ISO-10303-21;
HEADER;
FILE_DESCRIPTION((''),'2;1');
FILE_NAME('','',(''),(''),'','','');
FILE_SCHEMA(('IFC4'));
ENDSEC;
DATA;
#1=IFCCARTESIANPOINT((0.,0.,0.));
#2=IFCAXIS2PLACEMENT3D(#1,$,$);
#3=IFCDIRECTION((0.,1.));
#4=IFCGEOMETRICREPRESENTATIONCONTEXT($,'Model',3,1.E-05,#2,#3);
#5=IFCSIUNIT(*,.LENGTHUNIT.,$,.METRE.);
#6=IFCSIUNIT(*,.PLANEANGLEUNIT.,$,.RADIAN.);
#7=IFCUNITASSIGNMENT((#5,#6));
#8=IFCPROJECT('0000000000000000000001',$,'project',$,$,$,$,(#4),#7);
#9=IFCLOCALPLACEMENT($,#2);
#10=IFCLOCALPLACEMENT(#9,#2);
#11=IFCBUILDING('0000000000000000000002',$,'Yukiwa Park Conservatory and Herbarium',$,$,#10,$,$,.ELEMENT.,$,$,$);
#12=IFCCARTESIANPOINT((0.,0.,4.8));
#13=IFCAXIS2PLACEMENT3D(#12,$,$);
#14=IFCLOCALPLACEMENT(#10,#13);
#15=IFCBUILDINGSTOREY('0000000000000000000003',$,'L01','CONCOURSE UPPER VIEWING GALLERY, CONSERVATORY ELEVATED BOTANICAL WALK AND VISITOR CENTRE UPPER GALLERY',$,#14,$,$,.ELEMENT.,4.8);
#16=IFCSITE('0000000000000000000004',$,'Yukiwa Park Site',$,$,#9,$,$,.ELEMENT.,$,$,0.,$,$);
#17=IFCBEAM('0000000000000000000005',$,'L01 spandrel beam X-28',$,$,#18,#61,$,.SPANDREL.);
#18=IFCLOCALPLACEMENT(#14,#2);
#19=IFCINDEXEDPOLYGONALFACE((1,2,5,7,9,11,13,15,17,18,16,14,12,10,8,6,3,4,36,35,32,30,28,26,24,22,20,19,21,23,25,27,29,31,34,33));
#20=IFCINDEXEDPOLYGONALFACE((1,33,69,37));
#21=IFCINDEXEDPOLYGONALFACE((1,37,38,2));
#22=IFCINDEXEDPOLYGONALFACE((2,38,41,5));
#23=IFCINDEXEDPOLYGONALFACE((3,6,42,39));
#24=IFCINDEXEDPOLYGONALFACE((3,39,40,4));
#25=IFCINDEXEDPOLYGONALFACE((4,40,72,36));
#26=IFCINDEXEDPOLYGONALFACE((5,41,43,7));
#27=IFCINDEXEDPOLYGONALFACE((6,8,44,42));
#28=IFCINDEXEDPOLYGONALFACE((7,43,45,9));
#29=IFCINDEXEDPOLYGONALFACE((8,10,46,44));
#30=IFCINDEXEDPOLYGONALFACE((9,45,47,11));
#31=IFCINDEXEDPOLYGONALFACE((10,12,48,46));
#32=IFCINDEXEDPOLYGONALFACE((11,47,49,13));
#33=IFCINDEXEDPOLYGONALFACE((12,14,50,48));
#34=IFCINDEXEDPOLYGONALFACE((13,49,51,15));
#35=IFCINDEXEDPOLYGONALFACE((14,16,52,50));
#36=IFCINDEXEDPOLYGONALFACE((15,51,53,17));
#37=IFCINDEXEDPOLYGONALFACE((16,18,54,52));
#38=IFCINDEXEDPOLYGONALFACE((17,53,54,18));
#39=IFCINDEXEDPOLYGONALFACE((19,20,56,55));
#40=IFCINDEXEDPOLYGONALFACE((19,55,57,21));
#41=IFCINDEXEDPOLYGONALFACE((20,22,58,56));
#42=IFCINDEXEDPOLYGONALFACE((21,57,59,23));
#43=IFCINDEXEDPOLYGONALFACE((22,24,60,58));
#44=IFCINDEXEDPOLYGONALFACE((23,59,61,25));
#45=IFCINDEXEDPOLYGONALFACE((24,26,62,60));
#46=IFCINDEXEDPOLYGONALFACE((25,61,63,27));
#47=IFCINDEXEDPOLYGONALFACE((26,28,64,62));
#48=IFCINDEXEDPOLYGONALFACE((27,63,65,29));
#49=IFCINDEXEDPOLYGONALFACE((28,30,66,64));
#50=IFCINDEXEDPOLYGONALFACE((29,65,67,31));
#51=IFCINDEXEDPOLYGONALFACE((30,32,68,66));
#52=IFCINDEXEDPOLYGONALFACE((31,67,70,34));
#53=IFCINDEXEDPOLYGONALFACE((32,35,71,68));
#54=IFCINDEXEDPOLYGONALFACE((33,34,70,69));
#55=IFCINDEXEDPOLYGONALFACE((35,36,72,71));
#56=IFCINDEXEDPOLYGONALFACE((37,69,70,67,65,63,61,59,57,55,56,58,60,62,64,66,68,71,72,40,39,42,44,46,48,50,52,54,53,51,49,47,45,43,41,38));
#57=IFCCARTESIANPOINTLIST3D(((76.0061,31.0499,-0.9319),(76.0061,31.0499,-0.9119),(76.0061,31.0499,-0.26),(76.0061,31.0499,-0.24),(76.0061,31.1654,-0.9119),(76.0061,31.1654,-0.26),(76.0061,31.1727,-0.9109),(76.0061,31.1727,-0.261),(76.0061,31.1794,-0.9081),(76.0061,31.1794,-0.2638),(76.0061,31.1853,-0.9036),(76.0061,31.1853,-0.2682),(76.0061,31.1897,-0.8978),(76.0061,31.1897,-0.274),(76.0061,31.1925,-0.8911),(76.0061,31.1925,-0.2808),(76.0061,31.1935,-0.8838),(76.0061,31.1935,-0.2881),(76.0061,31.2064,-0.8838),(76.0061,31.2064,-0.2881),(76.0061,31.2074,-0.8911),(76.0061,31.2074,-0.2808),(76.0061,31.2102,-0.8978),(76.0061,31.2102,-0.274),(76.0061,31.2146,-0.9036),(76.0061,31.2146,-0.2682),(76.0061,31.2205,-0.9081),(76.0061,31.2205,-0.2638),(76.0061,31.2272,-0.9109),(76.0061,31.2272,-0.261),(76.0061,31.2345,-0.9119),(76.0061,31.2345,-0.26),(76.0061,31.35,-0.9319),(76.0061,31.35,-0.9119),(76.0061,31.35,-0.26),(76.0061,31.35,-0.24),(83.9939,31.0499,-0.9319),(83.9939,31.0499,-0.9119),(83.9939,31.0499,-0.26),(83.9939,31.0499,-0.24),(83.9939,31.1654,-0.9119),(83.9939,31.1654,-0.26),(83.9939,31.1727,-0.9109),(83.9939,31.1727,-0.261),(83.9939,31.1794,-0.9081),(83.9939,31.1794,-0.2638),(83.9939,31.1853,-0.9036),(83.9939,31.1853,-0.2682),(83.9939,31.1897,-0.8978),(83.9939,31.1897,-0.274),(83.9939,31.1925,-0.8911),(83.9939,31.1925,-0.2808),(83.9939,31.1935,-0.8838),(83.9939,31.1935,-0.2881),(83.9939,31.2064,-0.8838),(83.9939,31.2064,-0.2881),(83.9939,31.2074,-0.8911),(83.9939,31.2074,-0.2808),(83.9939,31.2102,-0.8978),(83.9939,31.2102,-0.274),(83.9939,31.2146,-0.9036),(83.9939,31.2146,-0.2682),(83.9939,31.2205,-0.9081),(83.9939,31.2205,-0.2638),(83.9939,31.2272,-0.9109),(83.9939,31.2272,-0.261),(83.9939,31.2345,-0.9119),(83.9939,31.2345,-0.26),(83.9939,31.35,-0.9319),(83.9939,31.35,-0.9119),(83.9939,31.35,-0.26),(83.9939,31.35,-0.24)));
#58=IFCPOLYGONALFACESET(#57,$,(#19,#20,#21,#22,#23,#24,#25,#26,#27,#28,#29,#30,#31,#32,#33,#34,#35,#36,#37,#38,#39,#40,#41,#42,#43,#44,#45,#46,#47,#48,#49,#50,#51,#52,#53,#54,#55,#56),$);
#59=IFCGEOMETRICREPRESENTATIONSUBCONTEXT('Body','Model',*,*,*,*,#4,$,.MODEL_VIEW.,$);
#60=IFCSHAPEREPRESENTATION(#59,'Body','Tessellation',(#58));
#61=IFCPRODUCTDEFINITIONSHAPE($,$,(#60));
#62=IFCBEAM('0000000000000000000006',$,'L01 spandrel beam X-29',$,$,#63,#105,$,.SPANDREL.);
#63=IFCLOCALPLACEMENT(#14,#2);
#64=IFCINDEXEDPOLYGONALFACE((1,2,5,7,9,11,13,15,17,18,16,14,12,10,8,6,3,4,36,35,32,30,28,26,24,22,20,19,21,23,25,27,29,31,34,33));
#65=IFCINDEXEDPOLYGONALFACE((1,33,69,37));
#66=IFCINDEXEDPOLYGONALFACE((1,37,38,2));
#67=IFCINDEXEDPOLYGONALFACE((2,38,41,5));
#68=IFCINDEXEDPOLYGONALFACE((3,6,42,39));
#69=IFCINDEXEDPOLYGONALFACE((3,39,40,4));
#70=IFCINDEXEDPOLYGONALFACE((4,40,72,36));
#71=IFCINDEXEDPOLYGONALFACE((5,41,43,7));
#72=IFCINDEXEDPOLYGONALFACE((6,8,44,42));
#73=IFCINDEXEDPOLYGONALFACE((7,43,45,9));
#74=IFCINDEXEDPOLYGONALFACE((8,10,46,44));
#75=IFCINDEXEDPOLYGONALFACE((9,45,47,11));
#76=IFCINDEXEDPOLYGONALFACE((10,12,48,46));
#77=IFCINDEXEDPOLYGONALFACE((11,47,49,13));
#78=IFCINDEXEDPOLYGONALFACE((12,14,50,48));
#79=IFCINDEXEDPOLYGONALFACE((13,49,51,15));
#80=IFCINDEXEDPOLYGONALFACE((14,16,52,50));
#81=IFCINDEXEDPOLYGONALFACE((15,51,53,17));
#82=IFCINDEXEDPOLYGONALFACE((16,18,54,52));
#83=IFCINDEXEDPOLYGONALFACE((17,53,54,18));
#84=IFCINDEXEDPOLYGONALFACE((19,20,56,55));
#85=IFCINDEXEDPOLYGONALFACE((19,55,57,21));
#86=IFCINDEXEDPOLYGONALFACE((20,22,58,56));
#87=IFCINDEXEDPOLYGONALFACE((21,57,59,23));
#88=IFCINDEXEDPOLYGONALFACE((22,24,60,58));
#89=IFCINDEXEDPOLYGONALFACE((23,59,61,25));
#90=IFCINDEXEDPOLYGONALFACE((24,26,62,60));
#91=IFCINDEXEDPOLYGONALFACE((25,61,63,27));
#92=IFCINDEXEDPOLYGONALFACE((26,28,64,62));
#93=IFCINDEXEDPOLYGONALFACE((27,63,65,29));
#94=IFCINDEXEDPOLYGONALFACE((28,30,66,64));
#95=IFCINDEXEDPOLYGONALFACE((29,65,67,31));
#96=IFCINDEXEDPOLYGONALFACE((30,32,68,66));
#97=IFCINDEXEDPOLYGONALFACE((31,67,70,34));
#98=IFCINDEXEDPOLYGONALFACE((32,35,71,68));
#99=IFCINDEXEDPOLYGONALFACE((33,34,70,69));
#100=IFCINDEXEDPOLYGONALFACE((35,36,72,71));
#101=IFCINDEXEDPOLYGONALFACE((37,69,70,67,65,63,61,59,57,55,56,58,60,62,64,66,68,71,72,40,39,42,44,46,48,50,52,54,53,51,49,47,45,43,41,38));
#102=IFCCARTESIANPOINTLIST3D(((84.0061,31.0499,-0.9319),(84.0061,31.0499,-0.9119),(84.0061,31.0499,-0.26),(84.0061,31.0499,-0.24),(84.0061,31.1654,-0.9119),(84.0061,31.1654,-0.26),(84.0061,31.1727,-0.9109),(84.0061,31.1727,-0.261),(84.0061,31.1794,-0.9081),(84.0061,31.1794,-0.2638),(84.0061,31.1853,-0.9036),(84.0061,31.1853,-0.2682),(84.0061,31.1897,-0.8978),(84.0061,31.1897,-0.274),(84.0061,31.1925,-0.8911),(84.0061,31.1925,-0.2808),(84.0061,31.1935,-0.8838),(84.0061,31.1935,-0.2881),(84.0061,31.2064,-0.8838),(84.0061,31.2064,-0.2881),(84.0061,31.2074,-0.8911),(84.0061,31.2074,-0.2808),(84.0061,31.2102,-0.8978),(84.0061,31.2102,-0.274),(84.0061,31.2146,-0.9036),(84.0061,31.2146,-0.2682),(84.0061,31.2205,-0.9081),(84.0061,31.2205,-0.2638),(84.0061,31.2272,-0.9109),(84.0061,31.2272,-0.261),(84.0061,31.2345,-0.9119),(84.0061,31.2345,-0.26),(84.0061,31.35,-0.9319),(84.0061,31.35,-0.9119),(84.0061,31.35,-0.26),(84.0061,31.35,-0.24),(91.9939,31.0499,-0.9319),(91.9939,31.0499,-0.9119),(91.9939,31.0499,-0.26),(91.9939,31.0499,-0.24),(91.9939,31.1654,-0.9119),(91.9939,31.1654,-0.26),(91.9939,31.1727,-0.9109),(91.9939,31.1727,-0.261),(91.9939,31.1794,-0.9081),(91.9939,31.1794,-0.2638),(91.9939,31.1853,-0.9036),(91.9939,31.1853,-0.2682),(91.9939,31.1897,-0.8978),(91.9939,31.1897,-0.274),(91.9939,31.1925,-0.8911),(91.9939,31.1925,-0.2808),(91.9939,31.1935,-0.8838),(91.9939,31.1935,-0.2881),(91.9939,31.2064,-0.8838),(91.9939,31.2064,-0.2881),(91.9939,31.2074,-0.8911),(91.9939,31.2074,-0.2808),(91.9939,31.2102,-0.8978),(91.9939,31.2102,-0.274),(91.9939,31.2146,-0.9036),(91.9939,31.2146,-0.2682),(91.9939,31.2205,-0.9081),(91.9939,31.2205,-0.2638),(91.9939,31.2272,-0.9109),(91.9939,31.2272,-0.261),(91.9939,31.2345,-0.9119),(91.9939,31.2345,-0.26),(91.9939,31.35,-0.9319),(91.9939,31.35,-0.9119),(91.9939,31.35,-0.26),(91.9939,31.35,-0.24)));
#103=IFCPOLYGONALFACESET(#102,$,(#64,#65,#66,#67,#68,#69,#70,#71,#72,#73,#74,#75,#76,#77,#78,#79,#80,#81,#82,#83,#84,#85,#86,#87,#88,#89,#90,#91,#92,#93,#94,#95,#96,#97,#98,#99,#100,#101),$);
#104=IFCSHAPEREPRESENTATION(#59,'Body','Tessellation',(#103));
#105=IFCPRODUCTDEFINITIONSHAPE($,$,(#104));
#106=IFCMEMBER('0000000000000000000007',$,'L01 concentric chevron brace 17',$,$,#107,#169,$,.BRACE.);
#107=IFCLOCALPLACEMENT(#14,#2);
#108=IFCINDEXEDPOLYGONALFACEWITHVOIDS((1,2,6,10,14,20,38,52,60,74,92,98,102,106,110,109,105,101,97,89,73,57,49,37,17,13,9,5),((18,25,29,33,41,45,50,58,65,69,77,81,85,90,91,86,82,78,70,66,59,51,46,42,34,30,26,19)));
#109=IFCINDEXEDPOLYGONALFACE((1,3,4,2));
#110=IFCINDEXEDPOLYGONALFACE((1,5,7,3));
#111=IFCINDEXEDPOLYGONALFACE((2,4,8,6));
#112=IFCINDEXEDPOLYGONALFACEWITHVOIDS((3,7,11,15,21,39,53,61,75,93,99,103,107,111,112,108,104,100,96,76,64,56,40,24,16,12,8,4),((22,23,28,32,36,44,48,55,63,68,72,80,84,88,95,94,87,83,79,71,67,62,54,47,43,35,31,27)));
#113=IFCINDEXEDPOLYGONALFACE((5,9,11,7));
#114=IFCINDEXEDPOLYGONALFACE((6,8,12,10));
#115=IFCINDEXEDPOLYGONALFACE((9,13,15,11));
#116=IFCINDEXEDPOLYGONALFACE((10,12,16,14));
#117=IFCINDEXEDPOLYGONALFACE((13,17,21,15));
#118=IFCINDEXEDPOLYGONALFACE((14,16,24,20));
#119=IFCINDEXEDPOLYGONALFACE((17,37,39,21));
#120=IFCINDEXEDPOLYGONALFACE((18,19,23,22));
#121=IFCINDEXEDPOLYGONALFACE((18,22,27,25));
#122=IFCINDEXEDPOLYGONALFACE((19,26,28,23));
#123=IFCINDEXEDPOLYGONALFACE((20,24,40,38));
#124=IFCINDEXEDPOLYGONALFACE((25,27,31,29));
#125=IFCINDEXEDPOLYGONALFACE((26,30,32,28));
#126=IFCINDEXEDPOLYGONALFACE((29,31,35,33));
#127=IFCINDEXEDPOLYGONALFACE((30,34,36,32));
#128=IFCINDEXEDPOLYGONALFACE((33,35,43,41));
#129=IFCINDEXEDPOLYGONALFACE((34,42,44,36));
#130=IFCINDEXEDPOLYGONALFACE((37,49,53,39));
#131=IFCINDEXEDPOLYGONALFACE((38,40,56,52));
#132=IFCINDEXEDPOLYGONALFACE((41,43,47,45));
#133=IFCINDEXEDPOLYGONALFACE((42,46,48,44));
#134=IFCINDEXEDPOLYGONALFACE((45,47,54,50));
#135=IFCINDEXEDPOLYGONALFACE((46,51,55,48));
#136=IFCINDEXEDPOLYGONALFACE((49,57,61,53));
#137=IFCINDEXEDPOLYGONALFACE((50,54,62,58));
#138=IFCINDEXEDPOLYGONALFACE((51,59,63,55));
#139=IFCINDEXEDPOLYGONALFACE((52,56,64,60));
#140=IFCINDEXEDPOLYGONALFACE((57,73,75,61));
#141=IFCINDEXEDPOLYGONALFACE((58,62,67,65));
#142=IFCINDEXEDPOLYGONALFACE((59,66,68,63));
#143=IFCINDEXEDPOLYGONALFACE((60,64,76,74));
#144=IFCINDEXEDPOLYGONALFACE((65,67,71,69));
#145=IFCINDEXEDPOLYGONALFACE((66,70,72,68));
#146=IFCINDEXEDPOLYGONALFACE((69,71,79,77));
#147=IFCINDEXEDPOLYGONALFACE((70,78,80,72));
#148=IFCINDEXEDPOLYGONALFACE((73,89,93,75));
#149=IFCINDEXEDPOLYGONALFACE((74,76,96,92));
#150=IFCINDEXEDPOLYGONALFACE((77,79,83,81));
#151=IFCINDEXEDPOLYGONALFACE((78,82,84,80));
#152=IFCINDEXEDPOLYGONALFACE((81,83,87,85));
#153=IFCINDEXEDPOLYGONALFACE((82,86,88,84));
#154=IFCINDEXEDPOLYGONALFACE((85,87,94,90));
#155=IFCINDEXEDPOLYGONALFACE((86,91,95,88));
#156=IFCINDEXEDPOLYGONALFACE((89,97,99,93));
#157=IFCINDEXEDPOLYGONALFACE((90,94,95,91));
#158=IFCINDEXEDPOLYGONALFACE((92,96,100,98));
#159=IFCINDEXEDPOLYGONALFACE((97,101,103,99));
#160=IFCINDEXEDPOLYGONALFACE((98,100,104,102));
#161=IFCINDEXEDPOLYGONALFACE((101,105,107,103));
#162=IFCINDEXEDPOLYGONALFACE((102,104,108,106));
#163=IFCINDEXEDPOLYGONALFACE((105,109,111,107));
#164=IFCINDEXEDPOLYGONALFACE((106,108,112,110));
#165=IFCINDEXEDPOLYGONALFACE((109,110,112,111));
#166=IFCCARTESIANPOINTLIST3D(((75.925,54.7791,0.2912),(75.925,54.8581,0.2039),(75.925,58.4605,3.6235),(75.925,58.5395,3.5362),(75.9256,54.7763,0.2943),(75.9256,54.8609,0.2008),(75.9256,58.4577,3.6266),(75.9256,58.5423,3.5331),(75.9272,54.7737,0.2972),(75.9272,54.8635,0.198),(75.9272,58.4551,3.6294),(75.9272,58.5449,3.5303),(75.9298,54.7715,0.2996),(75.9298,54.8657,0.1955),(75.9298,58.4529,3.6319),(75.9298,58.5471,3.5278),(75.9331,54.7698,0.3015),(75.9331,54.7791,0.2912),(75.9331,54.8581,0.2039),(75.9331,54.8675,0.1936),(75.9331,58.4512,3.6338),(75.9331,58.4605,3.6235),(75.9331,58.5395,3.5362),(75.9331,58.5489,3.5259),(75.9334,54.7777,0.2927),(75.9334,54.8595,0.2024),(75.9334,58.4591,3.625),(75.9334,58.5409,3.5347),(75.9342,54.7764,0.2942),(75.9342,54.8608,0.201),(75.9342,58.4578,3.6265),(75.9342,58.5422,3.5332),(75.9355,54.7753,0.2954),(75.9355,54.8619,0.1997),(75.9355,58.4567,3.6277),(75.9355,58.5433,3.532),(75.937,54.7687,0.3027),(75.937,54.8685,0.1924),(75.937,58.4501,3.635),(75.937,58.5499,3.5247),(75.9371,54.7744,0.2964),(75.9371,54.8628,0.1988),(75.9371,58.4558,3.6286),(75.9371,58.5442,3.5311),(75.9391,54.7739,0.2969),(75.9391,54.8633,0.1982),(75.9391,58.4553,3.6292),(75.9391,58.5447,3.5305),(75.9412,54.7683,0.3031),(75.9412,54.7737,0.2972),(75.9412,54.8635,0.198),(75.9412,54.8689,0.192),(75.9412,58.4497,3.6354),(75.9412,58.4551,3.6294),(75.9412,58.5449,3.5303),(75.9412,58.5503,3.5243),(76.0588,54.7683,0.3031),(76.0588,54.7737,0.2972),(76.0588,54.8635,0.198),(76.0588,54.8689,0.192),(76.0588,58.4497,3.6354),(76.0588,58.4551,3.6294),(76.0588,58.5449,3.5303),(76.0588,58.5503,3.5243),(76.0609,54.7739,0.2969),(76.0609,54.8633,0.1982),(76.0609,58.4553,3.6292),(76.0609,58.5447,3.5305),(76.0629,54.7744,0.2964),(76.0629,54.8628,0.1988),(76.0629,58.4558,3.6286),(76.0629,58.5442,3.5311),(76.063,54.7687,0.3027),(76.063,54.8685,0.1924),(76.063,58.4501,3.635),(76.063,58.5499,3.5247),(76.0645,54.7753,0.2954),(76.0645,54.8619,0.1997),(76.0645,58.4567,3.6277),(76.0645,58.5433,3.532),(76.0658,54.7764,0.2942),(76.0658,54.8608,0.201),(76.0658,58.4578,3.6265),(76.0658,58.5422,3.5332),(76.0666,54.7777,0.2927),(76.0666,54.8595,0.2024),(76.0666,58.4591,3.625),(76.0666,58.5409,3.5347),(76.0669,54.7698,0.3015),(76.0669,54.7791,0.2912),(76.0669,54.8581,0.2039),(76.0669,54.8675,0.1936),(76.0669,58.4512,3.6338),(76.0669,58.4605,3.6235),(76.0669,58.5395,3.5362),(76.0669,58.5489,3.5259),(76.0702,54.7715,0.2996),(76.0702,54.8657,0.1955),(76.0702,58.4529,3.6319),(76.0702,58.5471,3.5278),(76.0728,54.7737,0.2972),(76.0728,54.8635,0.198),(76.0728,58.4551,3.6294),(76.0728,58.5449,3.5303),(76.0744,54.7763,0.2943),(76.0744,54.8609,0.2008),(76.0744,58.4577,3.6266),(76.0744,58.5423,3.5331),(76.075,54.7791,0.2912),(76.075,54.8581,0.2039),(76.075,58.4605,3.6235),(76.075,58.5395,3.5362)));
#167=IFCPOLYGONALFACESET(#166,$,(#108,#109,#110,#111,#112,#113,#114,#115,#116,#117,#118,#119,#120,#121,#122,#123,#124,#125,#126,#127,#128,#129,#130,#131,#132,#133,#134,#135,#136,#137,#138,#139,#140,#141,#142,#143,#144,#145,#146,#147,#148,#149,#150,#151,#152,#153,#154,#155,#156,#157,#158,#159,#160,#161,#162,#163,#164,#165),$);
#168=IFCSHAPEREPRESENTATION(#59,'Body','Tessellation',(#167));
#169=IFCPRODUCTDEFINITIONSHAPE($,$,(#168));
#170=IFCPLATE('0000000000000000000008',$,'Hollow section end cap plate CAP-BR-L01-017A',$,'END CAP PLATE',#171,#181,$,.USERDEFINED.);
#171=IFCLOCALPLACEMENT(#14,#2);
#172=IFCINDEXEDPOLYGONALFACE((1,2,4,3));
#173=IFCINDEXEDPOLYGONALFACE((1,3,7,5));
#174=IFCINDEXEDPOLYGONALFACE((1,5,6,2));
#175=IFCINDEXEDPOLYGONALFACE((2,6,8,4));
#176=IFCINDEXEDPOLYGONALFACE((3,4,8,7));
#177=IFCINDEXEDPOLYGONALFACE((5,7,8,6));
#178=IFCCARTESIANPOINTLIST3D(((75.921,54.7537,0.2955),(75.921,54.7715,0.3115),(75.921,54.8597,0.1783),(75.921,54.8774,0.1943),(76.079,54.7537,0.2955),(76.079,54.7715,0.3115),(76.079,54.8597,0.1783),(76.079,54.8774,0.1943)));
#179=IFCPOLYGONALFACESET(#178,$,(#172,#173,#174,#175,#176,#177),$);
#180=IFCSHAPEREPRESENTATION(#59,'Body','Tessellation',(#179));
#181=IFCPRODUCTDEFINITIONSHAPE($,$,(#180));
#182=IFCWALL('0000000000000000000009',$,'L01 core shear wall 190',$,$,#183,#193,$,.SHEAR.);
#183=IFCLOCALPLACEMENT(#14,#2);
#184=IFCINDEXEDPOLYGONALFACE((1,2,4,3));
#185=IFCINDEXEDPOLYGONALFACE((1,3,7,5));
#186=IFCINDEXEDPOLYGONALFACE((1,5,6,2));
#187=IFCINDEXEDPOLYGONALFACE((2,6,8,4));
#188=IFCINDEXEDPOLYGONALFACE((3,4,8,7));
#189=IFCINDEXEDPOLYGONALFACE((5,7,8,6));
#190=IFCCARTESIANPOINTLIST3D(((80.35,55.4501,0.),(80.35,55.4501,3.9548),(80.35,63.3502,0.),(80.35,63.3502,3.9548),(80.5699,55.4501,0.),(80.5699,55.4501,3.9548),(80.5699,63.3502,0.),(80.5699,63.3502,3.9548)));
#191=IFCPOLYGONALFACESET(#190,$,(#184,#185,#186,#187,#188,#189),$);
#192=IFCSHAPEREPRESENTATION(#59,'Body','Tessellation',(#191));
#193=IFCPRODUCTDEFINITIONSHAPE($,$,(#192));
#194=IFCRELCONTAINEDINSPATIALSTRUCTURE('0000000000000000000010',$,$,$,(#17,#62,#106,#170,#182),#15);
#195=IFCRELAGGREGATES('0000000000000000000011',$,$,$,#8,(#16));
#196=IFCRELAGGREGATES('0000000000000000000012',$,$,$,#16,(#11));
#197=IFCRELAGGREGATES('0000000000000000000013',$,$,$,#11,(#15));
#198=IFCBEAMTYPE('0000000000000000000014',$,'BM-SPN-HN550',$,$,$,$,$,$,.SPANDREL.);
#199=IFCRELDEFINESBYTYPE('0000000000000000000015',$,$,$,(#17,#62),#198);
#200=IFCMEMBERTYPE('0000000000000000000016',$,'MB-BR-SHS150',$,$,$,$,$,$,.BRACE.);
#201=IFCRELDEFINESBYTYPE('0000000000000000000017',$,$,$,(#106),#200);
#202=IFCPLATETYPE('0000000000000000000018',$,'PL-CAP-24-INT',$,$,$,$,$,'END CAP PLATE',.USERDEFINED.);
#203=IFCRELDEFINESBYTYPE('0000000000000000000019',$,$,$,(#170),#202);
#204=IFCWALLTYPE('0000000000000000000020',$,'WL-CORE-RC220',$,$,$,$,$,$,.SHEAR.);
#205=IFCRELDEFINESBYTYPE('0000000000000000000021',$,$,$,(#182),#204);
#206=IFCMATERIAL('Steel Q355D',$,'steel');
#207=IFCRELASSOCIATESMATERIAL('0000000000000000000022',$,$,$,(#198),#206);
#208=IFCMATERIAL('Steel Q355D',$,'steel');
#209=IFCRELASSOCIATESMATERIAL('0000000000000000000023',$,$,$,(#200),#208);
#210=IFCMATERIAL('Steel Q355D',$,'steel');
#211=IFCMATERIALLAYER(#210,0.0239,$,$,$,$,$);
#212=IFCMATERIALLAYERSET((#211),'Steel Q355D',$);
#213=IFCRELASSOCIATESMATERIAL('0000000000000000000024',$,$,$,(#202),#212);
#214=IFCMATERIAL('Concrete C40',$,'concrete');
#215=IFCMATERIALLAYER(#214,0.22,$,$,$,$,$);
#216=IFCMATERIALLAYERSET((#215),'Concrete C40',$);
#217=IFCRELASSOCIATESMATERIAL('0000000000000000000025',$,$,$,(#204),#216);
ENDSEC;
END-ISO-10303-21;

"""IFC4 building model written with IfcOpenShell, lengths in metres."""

from ifc_helpers import new_model, si_unit, direction, frame, frame_2d, origin, origin_2d, place, context, subcontext, project, spatial, rectangle, hollow_rectangle, i_section, extrude, material, layer, layer_set, material_profile, profile_set, type_object, element, save


model = new_model("IFC4")

# Units and contexts
model_context = context("Model", 3, precision=1e-05, world=origin(), true_north=direction((0.0, 1.0)))
body_context = subcontext(model_context, "Body", "Model", "MODEL_VIEW")
ifc_project = project(units=[si_unit("LENGTHUNIT", "METRE"), si_unit("PLANEANGLEUNIT", "RADIAN")], contexts=[model_context])

# Site, building, storey
site_placement = place(None, origin())
site = spatial("IfcSite", under=ifc_project, at=site_placement, Name="Yukiwa Park Site", CompositionType="ELEMENT", RefElevation=0.0)
building_placement = place(site_placement, origin())
building = spatial("IfcBuilding", under=site, at=building_placement, Name="Yukiwa Park Conservatory and Herbarium", CompositionType="ELEMENT")
storey_placement = place(building_placement, frame((0.0, 0.0, 4.8)))
storey = spatial("IfcBuildingStorey", under=building, at=storey_placement, Name="L01", Description="CONCOURSE UPPER VIEWING GALLERY, CONSERVATORY ELEVATED BOTANICAL WALK AND VISITOR CENTRE UPPER GALLERY", CompositionType="ELEMENT", Elevation=4.8)

# Beams
ifc_material_1 = material(Name="Steel Q355D", Category="steel")
ifc_material_profile_1 = material_profile(ifc_material_1, i_section(OverallWidth=0.3, OverallDepth=0.6919, WebThickness=0.0129, FlangeThickness=0.02, FilletRadius=0.0281, at=origin_2d()), Name="HN 692x300x13x20")
ifc_profile_set_1 = profile_set([ifc_material_profile_1], Name="Steel Q355D")
beam_type_1 = type_object("IfcBeamType", Name="BM-SPN-HN550", PredefinedType="SPANDREL", material=ifc_profile_set_1)
for number, where, z_axis, x_axis, name in (
    (1, (76.0061, 31.2, -0.5859), (1.0, 0.0, 0.0), (0.0, 1.0, 0.0), "L01 spandrel beam X-28"),
    (2, (84.0061, 31.2, -0.5859), (1.0, 0.0, 0.0), (0.0, 1.0, 0.0), "L01 spandrel beam X-29"),
):
    element("IfcBeam", number, at=place(storey_placement, frame(where, z_axis=z_axis, x_axis=x_axis)), inside=storey, type_object=beam_type_1, Name=name, PredefinedType="SPANDREL", context=body_context, shape_type="SweptSolid", body=[
        extrude(i_section(OverallWidth=0.3, OverallDepth=0.6919, WebThickness=0.0129, FlangeThickness=0.02, FilletRadius=0.0281, at=origin_2d()), origin(), (0.0, 0.0, 1.0), 7.9878),
    ])

# Member
ifc_material_2 = material(Name="Steel Q355D", Category="steel")
ifc_material_profile_2 = material_profile(ifc_material_2, hollow_rectangle(XDim=0.1499, YDim=0.1499, WallThickness=0.0081, InnerFilletRadius=0.0081, OuterFilletRadius=0.0161, at=origin_2d()), Name="SHS 150x150x8")
ifc_profile_set_2 = profile_set([ifc_material_profile_2], Name="Steel Q355D")
member_type = type_object("IfcMemberType", Name="MB-BR-SHS150", PredefinedType="BRACE", material=ifc_profile_set_2)
member_placement = place(storey_placement, frame((76.0, 54.8186, 0.2476), z_axis=(0.0, 0.741387, 0.671078), x_axis=(-1.0, 0.0, 0.0)))
element("IfcMember", 3, at=member_placement, inside=storey, type_object=member_type, Name="L01 concentric chevron brace 17", PredefinedType="BRACE", context=body_context, shape_type="SweptSolid", body=[
    extrude(hollow_rectangle(XDim=0.1499, YDim=0.1499, WallThickness=0.0081, InnerFilletRadius=0.0081, OuterFilletRadius=0.0161, at=origin_2d()), origin(), (0.0, 0.0, 1.0), 4.9656),
])

# Plate
ifc_material_3 = material(Name="Steel Q355D", Category="steel")
ifc_layer_1 = layer(ifc_material_3, 0.0239)
ifc_layer_set_1 = layer_set([ifc_layer_1], Name="Steel Q355D")
plate_type = type_object("IfcPlateType", Name="PL-CAP-24-INT", ElementType="END CAP PLATE", PredefinedType="USERDEFINED", material=ifc_layer_set_1)
plate_placement = place(storey_placement, frame((76.0, 54.8245, 0.2529), z_axis=(0.0, -0.741776, -0.670647), x_axis=(1.0, 0.0, 0.0)))
element("IfcPlate", 4, at=plate_placement, inside=storey, type_object=plate_type, Name="Hollow section end cap plate CAP-BR-L01-017A", ObjectType="END CAP PLATE", PredefinedType="USERDEFINED", context=body_context, shape_type="SweptSolid", body=[
    extrude(rectangle(XDim=0.158, YDim=0.158, at=origin_2d()), origin(), (0.0, 0.0, 1.0), 0.0239),
])

# Wall
ifc_material_4 = material(Name="Concrete C40", Category="concrete")
ifc_layer_2 = layer(ifc_material_4, 0.22)
ifc_layer_set_2 = layer_set([ifc_layer_2], Name="Concrete C40")
wall_type_1 = type_object("IfcWallType", Name="WL-CORE-RC220", PredefinedType="SHEAR", material=ifc_layer_set_2)
wall_1_placement = place(storey_placement, frame((80.46, 55.45, 0.0), z_axis=(0.0, 0.0, 1.0), x_axis=(0.0, 1.0, 0.0)))
element("IfcWall", 5, at=wall_1_placement, inside=storey, type_object=wall_type_1, Name="L01 core shear wall 190", PredefinedType="SHEAR", context=body_context, shape_type="SweptSolid", body=[
    extrude(rectangle(XDim=7.9001, YDim=0.22, at=frame_2d((3.9502, 0.0))), origin(), (0.0, 0.0, 1.0), 3.9548),
])

save(model, "model.ifc")
